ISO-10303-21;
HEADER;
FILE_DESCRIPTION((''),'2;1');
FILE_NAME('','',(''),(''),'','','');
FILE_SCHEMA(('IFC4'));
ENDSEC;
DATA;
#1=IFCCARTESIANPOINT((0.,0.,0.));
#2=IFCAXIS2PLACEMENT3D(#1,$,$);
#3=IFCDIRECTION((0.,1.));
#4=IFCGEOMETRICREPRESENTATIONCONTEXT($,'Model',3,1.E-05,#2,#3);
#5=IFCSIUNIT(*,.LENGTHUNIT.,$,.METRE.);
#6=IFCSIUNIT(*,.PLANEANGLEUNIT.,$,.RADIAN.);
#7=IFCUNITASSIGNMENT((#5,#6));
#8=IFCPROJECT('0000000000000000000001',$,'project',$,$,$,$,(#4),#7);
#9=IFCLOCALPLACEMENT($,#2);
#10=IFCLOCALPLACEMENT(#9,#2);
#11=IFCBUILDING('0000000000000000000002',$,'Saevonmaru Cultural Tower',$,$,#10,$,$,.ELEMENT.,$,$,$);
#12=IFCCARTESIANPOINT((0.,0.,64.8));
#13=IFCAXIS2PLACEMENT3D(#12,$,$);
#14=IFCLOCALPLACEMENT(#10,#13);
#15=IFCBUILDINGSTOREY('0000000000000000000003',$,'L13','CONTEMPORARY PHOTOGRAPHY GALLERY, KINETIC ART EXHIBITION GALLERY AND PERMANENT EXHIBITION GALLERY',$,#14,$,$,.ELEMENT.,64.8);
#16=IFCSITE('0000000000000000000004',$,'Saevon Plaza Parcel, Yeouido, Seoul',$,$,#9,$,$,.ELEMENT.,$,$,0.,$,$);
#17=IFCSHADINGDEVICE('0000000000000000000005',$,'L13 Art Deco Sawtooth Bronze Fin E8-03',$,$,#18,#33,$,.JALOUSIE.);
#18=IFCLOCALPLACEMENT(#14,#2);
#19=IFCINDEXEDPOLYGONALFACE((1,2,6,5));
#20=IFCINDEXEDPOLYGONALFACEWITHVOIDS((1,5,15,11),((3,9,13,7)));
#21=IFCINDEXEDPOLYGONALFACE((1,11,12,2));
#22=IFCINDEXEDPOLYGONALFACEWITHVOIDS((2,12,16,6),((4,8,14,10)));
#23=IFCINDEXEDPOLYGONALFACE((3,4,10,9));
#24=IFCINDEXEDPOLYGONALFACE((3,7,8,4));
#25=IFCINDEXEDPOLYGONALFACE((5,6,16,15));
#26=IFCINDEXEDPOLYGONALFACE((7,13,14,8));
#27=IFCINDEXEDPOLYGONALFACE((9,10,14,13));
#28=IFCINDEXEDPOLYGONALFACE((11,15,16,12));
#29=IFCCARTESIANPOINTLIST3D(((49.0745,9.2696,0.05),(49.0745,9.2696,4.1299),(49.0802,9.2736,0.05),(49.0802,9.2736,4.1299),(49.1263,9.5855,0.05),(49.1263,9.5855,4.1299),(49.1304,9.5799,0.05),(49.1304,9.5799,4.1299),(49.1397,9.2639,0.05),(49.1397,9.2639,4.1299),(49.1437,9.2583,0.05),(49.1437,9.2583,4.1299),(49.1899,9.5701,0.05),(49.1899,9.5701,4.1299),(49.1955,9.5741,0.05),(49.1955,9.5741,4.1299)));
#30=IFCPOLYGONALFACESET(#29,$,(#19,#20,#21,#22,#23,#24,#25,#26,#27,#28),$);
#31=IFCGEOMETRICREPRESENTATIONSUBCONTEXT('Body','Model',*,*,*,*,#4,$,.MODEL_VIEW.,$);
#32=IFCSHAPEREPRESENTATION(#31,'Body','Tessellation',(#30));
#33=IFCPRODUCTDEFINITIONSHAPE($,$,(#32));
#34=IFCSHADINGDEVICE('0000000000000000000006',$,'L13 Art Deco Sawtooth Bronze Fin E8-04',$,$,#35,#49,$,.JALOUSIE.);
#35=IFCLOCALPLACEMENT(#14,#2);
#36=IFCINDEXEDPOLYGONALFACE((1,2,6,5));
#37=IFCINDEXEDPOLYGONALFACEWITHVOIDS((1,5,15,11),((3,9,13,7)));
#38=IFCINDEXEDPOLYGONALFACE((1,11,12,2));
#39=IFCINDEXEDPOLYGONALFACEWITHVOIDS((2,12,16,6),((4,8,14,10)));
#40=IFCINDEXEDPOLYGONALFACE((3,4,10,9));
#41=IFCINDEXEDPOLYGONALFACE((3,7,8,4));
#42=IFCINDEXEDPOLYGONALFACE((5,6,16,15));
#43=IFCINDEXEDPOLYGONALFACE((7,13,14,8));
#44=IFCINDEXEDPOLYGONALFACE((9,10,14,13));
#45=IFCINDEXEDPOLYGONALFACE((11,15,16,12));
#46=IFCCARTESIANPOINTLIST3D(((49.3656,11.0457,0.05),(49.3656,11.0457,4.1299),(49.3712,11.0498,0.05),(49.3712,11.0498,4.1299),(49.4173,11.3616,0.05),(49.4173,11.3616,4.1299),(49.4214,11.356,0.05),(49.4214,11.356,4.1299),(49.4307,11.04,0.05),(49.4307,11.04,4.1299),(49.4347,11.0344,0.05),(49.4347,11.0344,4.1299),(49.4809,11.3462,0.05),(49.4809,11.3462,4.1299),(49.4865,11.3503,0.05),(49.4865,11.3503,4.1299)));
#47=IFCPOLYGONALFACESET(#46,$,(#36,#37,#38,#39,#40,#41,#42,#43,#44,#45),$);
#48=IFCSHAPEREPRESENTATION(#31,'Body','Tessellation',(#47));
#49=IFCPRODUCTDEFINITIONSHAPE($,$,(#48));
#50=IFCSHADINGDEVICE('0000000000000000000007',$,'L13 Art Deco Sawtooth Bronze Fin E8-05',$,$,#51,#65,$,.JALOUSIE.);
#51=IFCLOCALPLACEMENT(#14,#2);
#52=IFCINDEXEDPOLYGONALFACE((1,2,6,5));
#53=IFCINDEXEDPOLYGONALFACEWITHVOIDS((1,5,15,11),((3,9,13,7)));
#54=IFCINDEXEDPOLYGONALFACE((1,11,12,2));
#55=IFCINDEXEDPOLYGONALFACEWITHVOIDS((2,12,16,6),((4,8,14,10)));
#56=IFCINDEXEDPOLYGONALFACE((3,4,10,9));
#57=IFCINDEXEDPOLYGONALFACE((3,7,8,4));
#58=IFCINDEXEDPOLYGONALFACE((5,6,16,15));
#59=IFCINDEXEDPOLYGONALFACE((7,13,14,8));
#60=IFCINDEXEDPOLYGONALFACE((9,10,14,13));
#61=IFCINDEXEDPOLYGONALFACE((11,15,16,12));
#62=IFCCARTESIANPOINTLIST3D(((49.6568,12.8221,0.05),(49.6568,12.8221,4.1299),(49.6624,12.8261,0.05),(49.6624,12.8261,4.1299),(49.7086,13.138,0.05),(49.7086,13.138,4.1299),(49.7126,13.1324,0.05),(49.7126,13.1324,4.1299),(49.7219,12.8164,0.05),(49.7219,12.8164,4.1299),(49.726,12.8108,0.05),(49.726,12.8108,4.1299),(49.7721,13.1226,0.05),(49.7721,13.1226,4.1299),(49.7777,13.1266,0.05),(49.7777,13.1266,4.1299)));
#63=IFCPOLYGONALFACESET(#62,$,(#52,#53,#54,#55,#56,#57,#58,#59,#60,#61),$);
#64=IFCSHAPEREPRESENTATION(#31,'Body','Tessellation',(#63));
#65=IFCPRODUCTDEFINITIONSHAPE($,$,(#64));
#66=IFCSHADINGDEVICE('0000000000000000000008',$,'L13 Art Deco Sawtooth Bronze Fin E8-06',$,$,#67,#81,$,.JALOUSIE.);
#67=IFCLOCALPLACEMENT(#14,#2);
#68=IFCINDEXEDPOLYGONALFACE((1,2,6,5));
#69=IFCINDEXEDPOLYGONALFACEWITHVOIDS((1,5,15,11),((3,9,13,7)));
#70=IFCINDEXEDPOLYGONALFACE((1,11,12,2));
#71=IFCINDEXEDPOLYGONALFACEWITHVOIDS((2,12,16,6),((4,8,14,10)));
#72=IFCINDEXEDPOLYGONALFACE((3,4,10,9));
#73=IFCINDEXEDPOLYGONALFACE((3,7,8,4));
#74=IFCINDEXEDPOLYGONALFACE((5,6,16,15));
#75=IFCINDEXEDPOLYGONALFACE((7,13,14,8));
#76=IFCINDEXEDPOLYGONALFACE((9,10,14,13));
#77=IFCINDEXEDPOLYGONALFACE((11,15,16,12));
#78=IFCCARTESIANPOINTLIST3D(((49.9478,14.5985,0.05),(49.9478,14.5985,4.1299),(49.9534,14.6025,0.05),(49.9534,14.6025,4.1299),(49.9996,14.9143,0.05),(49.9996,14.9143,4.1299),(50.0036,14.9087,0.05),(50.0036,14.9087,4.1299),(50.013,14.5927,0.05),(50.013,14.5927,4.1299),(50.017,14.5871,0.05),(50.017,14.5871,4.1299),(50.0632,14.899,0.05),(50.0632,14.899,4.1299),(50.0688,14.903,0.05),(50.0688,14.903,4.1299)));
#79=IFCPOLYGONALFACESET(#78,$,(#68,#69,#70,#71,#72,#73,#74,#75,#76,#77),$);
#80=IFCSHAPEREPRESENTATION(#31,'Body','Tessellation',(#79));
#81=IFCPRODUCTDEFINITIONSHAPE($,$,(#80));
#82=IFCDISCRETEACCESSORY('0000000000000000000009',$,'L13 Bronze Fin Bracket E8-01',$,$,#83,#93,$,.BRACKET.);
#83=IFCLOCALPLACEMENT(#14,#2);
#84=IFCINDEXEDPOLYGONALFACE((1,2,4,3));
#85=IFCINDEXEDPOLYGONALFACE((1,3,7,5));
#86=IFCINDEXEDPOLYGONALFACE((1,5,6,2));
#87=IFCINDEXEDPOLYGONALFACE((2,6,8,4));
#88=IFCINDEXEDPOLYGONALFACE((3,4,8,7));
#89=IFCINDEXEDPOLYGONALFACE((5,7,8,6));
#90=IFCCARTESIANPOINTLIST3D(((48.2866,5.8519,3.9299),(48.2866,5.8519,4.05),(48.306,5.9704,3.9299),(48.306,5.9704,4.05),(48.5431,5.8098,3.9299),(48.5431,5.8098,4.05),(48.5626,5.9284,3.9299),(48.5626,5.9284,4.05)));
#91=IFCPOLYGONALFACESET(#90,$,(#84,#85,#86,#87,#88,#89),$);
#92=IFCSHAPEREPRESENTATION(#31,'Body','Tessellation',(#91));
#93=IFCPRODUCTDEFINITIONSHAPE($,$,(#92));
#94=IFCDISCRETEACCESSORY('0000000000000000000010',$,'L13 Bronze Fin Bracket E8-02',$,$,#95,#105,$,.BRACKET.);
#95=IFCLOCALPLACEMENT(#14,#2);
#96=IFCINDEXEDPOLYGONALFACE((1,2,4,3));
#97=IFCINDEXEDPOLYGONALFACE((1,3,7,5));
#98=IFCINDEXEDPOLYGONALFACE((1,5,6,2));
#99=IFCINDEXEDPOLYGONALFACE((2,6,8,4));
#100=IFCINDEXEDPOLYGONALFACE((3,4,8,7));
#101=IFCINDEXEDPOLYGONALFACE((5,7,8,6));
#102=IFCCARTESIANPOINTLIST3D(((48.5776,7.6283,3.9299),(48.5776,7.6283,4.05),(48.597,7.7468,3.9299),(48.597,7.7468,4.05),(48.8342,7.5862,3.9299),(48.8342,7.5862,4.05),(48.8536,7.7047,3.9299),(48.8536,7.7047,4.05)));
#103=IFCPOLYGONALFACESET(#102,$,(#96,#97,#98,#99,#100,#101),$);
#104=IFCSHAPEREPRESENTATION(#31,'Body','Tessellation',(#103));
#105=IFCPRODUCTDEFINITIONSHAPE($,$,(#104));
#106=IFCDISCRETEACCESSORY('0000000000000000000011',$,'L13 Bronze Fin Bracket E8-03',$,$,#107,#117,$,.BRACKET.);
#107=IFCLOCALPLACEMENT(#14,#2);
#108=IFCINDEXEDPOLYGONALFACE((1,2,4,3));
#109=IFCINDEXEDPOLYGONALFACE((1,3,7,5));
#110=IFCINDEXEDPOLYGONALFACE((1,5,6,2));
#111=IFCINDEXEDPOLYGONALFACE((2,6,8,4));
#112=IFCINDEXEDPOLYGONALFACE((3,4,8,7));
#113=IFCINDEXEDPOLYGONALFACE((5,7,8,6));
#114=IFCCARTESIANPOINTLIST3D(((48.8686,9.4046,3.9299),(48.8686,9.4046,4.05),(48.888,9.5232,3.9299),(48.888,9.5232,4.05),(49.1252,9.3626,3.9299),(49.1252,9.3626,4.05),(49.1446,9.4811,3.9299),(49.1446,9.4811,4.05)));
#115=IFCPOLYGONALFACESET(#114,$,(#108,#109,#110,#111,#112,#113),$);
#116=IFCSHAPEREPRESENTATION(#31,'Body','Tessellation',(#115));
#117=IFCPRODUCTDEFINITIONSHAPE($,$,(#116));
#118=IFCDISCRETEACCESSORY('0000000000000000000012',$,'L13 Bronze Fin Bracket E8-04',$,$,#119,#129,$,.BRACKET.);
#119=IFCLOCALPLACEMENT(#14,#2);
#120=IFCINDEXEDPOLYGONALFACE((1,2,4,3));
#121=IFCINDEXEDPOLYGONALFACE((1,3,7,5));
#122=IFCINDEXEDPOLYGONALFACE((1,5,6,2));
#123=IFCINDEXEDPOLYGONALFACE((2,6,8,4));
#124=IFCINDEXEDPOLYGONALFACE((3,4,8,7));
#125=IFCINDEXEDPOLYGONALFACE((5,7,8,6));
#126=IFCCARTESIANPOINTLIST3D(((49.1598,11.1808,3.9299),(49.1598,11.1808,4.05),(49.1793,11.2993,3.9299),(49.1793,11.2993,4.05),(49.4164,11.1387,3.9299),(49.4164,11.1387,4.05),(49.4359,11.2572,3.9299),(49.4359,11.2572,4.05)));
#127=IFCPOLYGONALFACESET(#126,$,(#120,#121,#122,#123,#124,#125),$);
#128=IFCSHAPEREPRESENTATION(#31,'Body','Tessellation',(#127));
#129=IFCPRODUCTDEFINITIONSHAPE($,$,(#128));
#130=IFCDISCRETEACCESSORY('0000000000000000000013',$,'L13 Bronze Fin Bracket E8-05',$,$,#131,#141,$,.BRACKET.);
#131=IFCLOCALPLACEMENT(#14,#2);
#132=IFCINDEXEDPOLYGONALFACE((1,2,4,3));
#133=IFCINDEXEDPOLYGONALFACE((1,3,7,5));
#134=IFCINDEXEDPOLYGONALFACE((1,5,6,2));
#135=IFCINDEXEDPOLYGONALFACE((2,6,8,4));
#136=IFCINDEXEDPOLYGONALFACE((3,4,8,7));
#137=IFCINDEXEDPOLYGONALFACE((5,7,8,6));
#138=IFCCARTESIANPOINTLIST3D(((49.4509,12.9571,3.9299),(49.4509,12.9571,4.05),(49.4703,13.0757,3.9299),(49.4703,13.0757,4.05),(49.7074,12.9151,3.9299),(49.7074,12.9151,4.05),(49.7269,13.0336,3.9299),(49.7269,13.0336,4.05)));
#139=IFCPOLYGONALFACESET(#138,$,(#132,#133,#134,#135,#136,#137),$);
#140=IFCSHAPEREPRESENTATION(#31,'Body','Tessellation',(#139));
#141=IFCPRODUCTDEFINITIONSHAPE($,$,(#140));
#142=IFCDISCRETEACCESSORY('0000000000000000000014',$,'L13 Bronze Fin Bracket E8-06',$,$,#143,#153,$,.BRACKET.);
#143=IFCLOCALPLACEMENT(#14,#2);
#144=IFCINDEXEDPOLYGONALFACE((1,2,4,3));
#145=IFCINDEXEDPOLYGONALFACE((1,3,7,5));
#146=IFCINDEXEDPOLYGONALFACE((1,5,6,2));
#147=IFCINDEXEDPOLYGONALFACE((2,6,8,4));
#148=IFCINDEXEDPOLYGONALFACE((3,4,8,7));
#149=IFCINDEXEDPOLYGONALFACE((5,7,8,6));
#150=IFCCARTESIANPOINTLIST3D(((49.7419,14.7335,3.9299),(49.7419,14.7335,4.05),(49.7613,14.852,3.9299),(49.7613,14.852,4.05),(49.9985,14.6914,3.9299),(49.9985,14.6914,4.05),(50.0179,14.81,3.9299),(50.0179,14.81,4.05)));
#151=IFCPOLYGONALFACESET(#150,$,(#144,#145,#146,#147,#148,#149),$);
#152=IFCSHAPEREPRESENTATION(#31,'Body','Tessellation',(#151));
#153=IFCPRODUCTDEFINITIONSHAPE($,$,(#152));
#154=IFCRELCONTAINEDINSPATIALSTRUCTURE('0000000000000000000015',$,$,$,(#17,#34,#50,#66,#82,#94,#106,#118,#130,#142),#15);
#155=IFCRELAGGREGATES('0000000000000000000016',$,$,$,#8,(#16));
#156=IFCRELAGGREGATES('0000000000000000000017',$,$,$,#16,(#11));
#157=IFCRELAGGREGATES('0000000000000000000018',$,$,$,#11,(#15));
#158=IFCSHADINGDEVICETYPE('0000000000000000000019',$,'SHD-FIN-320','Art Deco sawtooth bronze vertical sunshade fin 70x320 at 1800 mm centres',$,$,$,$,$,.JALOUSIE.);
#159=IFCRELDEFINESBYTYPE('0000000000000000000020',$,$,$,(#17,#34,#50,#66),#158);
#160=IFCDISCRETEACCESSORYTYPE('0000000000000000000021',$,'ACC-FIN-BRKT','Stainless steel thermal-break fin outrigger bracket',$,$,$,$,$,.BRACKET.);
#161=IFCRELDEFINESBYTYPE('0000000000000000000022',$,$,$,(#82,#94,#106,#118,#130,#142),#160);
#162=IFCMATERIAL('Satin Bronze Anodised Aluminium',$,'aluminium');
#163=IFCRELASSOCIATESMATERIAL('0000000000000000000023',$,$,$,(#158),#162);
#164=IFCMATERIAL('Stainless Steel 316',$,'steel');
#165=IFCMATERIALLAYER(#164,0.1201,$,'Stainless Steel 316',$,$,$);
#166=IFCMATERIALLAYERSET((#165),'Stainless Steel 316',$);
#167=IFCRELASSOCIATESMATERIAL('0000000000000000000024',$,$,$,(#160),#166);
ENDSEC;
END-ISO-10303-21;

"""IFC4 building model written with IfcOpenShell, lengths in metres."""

from ifc_helpers import new_model, si_unit, direction, frame, origin, origin_2d, place, context, subcontext, project, spatial, rectangle, hollow_rectangle, extrude, material, layer, layer_set, material_profile, profile_set, type_object, element, save


model = new_model("IFC4")

# Units and contexts
model_context = context("Model", 3, precision=1e-05, world=origin(), true_north=direction((0.0, 1.0)))
body_context = subcontext(model_context, "Body", "Model", "MODEL_VIEW")
ifc_project = project(units=[si_unit("LENGTHUNIT", "METRE"), si_unit("PLANEANGLEUNIT", "RADIAN")], contexts=[model_context])

# Site, building, storey
site_placement = place(None, origin())
site = spatial("IfcSite", under=ifc_project, at=site_placement, Name="Saevon Plaza Parcel, Yeouido, Seoul", CompositionType="ELEMENT", RefElevation=0.0)
building_placement = place(site_placement, origin())
building = spatial("IfcBuilding", under=site, at=building_placement, Name="Saevonmaru Cultural Tower", CompositionType="ELEMENT")
storey_placement = place(building_placement, frame((0.0, 0.0, 64.8)))
storey = spatial("IfcBuildingStorey", under=building, at=storey_placement, Name="L13", Description="CONTEMPORARY PHOTOGRAPHY GALLERY, KINETIC ART EXHIBITION GALLERY AND PERMANENT EXHIBITION GALLERY", CompositionType="ELEMENT", Elevation=64.8)

# Shared definitions
ifc_material_1 = material(Name="Satin Bronze Anodised Aluminium", Category="aluminium")

# Shading devices
ifc_material_profile_1 = material_profile(ifc_material_1, hollow_rectangle(XDim=0.0701, YDim=0.3201, WallThickness=0.0049, at=origin_2d()), Name="FIN-320x70")
ifc_profile_set_1 = profile_set([ifc_material_profile_1], Name="Satin Bronze Anodised Aluminium")
shading_device_type = type_object("IfcShadingDeviceType", Name="SHD-FIN-320", Description="Art Deco sawtooth bronze vertical sunshade fin 70x320 at 1800 mm centres", PredefinedType="JALOUSIE", material=ifc_profile_set_1)
for number, where, z_axis, x_axis, name in (
    (1, (49.135, 9.4219, 0.05), (0.0, 0.0, 1.0), (0.986827, -0.161776, 0.0), "L13 Art Deco Sawtooth Bronze Fin E8-03"),
    (2, (49.426, 11.198, 0.05), (0.0, 0.0, 1.0), (0.986827, -0.161776, 0.0), "L13 Art Deco Sawtooth Bronze Fin E8-04"),
    (3, (49.7173, 12.9744, 0.05), (0.0, 0.0, 1.0), (0.986827, -0.161776, 0.0), "L13 Art Deco Sawtooth Bronze Fin E8-05"),
    (4, (50.0083, 14.7507, 0.05), (0.0, 0.0, 1.0), (0.986827, -0.161776, 0.0), "L13 Art Deco Sawtooth Bronze Fin E8-06"),
):
    element("IfcShadingDevice", number, at=place(storey_placement, frame(where, z_axis=z_axis, x_axis=x_axis)), inside=storey, type_object=shading_device_type, Name=name, PredefinedType="JALOUSIE", context=body_context, shape_type="SweptSolid", body=[
        extrude(hollow_rectangle(XDim=0.0701, YDim=0.3201, WallThickness=0.0049, at=origin_2d()), origin(), (0.0, 0.0, 1.0), 4.0798),
    ])

# Discrete accessories
ifc_material_2 = material(Name="Stainless Steel 316", Category="steel")
ifc_layer_1 = layer(ifc_material_2, 0.1201, Name="Stainless Steel 316")
ifc_layer_set_1 = layer_set([ifc_layer_1], Name="Stainless Steel 316")
discrete_accessory_type = type_object("IfcDiscreteAccessoryType", Name="ACC-FIN-BRKT", Description="Stainless steel thermal-break fin outrigger bracket", PredefinedType="BRACKET", material=ifc_layer_set_1)
for number, where, z_axis, x_axis, name in (
    (5, (48.4246, 5.8901, 3.9299), (0.0, 0.0, 1.0), (0.986827, -0.161776, 0.0), "L13 Bronze Fin Bracket E8-01"),
    (6, (48.7156, 7.6665, 3.9299), (0.0, 0.0, 1.0), (0.986827, -0.161776, 0.0), "L13 Bronze Fin Bracket E8-02"),
    (7, (49.0066, 9.4429, 3.9299), (0.0, 0.0, 1.0), (0.986827, -0.161776, 0.0), "L13 Bronze Fin Bracket E8-03"),
    (8, (49.2979, 11.219, 3.9299), (0.0, 0.0, 1.0), (0.986827, -0.161776, 0.0), "L13 Bronze Fin Bracket E8-04"),
    (9, (49.5889, 12.9954, 3.9299), (0.0, 0.0, 1.0), (0.986827, -0.161776, 0.0), "L13 Bronze Fin Bracket E8-05"),
    (10, (49.8799, 14.7717, 3.9299), (0.0, 0.0, 1.0), (0.986827, -0.161776, 0.0), "L13 Bronze Fin Bracket E8-06"),
):
    element("IfcDiscreteAccessory", number, at=place(storey_placement, frame(where, z_axis=z_axis, x_axis=x_axis)), inside=storey, type_object=discrete_accessory_type, Name=name, PredefinedType="BRACKET", context=body_context, shape_type="SweptSolid", body=[
        extrude(rectangle(XDim=0.26, YDim=0.1201, at=origin_2d()), origin(), (0.0, 0.0, 1.0), 0.1201),
    ])

save(model, "model.ifc")
